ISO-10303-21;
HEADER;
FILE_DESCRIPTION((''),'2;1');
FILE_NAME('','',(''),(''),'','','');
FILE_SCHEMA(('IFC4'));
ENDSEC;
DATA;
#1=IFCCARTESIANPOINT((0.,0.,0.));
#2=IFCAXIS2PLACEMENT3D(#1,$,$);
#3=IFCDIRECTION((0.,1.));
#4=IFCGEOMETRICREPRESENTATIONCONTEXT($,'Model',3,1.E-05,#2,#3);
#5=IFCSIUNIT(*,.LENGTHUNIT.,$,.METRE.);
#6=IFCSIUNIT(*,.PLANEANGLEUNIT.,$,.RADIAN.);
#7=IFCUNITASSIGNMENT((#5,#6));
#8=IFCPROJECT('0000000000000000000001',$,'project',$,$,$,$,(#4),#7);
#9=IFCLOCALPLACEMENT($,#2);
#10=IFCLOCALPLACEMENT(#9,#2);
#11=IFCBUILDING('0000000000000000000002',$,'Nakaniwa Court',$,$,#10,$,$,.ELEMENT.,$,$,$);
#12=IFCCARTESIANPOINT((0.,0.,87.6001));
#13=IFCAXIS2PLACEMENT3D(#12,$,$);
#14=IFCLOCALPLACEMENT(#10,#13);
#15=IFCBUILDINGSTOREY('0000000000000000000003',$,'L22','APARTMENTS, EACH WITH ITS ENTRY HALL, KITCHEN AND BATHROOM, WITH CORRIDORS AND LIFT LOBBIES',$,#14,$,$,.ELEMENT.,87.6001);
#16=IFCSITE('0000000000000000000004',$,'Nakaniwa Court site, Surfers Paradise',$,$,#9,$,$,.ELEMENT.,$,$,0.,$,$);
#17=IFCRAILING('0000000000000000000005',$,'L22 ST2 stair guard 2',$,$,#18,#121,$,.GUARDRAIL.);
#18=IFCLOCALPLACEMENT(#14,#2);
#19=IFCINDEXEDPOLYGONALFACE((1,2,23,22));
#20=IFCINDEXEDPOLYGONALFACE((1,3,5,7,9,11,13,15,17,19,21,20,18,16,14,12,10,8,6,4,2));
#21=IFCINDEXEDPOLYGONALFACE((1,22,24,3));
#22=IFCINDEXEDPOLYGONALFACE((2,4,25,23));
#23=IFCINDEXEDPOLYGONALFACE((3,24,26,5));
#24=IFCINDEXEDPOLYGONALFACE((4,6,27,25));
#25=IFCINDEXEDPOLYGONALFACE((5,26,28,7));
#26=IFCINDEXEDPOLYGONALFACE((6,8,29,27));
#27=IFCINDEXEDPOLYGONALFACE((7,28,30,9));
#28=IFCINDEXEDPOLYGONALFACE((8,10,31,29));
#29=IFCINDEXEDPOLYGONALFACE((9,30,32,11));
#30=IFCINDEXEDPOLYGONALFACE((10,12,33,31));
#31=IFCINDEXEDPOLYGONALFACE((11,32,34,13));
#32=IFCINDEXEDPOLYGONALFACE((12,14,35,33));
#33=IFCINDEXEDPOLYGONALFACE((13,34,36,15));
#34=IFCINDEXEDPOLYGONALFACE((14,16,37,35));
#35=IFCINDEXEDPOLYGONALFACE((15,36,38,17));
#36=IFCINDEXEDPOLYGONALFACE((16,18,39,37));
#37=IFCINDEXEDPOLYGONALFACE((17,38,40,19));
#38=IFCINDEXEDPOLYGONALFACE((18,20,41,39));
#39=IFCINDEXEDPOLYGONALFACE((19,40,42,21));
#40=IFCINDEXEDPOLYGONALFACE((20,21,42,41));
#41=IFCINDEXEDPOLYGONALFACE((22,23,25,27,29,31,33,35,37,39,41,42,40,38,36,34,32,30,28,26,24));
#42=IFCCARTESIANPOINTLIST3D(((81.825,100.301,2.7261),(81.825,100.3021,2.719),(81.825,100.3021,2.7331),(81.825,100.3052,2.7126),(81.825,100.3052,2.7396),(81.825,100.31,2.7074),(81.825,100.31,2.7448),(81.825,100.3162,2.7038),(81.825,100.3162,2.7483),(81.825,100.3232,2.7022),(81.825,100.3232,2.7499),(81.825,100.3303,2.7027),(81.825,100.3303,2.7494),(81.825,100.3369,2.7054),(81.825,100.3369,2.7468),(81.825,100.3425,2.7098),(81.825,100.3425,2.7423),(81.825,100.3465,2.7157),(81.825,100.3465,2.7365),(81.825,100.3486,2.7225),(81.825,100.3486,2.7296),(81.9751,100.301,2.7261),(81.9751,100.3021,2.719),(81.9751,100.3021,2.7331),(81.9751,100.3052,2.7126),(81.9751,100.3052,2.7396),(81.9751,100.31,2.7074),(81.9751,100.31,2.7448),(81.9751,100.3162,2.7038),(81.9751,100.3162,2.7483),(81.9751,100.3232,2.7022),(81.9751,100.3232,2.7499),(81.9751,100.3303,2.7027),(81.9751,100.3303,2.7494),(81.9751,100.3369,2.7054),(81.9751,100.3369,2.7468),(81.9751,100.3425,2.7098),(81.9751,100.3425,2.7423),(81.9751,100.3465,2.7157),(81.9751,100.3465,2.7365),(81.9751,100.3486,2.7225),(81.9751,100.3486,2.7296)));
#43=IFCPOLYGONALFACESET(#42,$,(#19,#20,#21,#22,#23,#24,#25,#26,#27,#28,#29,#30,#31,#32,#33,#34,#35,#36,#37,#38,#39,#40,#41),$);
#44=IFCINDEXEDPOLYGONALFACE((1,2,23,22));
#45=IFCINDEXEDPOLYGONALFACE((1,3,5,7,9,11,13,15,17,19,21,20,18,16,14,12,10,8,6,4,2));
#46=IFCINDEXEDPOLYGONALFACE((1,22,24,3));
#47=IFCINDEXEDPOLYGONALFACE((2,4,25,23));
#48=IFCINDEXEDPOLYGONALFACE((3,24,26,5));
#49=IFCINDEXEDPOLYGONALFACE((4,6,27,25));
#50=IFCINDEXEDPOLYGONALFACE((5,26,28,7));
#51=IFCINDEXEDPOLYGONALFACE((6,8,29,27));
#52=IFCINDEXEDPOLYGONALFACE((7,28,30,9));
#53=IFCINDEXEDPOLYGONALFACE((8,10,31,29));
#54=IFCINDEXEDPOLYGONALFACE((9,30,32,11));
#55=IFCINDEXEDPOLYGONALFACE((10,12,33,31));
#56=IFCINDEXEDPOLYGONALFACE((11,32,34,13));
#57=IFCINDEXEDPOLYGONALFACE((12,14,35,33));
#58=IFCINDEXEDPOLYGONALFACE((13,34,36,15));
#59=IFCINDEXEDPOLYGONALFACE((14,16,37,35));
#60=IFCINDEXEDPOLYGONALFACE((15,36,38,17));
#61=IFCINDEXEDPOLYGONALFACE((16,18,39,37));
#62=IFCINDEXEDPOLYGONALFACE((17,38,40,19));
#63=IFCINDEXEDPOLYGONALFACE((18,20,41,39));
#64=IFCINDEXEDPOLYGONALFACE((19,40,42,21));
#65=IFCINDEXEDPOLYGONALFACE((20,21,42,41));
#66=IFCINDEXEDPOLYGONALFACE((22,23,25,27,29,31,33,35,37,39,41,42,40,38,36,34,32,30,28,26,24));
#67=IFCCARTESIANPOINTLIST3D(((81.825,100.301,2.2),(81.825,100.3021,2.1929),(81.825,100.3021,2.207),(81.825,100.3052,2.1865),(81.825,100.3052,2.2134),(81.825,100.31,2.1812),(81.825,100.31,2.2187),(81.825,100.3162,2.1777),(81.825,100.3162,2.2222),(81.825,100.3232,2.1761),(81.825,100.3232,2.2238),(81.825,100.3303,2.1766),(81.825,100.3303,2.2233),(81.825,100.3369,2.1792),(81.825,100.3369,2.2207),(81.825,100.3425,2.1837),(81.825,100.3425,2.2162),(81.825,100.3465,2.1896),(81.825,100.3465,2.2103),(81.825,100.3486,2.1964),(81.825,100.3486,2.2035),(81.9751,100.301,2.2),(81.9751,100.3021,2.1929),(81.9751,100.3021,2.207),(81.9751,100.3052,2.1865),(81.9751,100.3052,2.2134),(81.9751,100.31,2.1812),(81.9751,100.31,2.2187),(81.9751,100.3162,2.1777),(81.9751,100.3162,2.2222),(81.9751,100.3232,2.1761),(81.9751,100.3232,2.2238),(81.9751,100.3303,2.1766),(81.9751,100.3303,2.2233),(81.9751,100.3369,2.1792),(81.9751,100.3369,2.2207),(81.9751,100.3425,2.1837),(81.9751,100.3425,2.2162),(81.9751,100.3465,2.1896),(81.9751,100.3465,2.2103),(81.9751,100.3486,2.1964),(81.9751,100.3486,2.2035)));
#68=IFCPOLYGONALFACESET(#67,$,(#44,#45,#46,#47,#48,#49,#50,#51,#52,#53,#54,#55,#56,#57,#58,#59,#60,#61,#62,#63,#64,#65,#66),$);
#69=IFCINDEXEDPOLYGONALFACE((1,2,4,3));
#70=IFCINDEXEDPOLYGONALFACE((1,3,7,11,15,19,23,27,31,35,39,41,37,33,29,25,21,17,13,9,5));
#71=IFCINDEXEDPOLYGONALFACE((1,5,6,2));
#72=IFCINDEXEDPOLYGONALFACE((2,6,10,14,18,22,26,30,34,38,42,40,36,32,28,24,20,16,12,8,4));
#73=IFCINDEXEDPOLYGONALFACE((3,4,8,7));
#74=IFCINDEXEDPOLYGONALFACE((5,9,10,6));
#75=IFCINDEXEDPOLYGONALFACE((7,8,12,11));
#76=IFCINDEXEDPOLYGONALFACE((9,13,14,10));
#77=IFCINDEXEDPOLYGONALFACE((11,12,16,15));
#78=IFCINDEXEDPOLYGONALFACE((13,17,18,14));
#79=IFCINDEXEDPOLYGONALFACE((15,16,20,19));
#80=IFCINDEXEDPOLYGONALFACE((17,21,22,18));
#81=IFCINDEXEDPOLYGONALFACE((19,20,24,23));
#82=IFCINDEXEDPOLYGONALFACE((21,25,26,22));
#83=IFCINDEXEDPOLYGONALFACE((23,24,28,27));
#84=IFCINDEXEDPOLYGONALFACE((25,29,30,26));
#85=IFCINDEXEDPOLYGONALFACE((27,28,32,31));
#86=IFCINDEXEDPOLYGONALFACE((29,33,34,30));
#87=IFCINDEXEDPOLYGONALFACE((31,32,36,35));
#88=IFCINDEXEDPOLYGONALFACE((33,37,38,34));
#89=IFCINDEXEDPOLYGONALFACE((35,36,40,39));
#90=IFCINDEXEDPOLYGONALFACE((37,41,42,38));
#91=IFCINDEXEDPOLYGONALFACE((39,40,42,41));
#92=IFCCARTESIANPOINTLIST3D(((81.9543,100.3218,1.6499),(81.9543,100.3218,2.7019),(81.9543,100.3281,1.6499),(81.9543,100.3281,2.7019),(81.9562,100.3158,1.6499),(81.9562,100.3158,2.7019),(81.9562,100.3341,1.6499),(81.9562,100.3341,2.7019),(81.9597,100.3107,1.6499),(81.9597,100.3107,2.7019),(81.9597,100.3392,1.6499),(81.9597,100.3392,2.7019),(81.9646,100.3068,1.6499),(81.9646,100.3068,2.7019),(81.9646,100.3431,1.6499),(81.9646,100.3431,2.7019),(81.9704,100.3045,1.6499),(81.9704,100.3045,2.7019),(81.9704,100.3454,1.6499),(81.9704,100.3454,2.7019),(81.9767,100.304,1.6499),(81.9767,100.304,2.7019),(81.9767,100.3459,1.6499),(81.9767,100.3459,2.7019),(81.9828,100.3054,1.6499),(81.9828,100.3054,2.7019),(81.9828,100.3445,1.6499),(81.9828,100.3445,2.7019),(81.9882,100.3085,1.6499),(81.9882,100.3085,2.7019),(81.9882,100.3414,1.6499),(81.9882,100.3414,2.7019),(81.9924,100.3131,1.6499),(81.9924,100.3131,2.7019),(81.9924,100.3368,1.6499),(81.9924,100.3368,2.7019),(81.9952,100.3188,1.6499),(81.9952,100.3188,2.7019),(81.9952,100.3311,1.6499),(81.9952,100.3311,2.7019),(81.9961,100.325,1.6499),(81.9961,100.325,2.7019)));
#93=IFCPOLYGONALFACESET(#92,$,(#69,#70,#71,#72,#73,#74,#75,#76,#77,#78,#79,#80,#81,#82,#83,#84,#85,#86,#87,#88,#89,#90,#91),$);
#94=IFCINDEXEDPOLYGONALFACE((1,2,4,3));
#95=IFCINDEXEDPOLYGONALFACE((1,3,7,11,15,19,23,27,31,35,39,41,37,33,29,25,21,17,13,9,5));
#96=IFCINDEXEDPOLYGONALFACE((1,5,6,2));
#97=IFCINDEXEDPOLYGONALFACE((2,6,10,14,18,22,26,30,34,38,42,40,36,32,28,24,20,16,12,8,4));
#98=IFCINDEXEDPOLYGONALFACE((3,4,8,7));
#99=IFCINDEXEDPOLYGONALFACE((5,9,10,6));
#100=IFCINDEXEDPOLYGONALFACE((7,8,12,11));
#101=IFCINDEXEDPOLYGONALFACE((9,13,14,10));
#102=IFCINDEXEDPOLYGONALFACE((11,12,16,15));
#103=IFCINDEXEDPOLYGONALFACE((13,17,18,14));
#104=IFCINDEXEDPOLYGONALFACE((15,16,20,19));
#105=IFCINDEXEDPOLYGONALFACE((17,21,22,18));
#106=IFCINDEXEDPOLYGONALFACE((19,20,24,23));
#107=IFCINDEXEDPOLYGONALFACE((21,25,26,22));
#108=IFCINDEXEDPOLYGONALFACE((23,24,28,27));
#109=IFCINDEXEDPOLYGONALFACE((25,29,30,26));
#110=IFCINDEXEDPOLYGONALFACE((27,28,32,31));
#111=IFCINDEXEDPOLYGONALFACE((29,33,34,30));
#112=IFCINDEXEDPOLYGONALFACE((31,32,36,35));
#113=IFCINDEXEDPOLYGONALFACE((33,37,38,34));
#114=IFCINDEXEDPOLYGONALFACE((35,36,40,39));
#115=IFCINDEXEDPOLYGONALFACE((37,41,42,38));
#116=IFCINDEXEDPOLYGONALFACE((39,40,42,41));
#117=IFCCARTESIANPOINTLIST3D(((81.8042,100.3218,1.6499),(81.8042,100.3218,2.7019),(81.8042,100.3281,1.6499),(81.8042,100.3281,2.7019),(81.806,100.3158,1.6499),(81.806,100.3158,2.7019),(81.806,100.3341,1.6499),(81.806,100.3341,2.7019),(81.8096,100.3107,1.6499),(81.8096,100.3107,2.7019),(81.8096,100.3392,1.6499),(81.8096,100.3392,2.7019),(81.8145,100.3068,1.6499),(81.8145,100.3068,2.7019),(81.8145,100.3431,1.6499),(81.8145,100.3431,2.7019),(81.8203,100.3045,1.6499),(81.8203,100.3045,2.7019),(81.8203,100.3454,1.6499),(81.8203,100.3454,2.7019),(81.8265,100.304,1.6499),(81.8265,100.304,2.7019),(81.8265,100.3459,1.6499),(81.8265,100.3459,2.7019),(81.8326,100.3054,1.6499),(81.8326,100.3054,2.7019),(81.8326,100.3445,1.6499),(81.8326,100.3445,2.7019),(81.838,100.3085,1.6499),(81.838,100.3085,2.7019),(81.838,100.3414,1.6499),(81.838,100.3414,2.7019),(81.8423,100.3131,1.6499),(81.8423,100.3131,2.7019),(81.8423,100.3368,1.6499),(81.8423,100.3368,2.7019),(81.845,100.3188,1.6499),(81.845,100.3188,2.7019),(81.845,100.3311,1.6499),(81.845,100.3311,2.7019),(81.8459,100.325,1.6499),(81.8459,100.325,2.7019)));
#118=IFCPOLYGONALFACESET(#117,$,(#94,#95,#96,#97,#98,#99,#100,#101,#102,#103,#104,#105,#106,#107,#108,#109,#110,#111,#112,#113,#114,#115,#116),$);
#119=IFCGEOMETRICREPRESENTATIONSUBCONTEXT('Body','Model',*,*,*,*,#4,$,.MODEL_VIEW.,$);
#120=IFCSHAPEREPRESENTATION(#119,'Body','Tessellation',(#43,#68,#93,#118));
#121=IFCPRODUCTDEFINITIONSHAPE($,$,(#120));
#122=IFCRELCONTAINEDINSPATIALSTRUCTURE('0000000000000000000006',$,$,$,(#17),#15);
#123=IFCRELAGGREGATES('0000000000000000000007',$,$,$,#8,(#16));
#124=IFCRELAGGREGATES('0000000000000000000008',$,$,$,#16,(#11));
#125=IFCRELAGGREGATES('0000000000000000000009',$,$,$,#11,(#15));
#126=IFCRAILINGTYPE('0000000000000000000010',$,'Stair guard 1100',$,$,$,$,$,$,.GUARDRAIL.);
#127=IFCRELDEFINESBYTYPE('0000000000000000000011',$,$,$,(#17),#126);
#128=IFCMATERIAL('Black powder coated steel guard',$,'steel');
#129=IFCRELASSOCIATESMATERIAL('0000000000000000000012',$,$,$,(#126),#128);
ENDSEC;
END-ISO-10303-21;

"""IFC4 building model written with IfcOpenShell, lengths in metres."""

from ifc_helpers import new_model, si_unit, direction, frame, origin, origin_2d, place, context, subcontext, project, spatial, circle, extrude, material, type_object, element, save


model = new_model("IFC4")

# Units and contexts
model_context = context("Model", 3, precision=1e-05, world=origin(), true_north=direction((0.0, 1.0)))
body_context = subcontext(model_context, "Body", "Model", "MODEL_VIEW")
ifc_project = project(units=[si_unit("LENGTHUNIT", "METRE"), si_unit("PLANEANGLEUNIT", "RADIAN")], contexts=[model_context])

# Site, building, storey
site_placement = place(None, origin())
site = spatial("IfcSite", under=ifc_project, at=site_placement, Name="Nakaniwa Court site, Surfers Paradise", CompositionType="ELEMENT", RefElevation=0.0)
building_placement = place(site_placement, origin())
building = spatial("IfcBuilding", under=site, at=building_placement, Name="Nakaniwa Court", CompositionType="ELEMENT")
storey_placement = place(building_placement, frame((0.0, 0.0, 87.6001)))
storey = spatial("IfcBuildingStorey", under=building, at=storey_placement, Name="L22", Description="APARTMENTS, EACH WITH ITS ENTRY HALL, KITCHEN AND BATHROOM, WITH CORRIDORS AND LIFT LOBBIES", CompositionType="ELEMENT", Elevation=87.6001)

# Railing
ifc_material_1 = material(Name="Black powder coated steel guard", Category="steel")
railing_type_1 = type_object("IfcRailingType", Name="Stair guard 1100", PredefinedType="GUARDRAIL", material=ifc_material_1)
railing_1_placement = place(storey_placement, frame((81.9751, 100.325, 1.6499)))
element("IfcRailing", 1, at=railing_1_placement, inside=storey, type_object=railing_type_1, Name="L22 ST2 stair guard 2", PredefinedType="GUARDRAIL", context=body_context, shape_type="SweptSolid", body=[
    extrude(circle(Radius=0.0239, at=origin_2d()), frame((0.0, 0.0, 1.0762), z_axis=(-1.0, 0.0, 0.0), x_axis=(0.0, -1.0, 0.0)), (0.0, 0.0, 1.0), 0.1501),
    extrude(circle(Radius=0.0239, at=origin_2d()), frame((0.0, 0.0, 0.55), z_axis=(-1.0, 0.0, 0.0), x_axis=(0.0, -1.0, 0.0)), (0.0, 0.0, 1.0), 0.1501),
    extrude(circle(Radius=0.021, at=origin_2d()), origin(), (0.0, 0.0, 1.0), 1.052),
    extrude(circle(Radius=0.021, at=origin_2d()), frame((-0.1501, 0.0, 0.0)), (0.0, 0.0, 1.0), 1.052),
])

save(model, "model.ifc")
